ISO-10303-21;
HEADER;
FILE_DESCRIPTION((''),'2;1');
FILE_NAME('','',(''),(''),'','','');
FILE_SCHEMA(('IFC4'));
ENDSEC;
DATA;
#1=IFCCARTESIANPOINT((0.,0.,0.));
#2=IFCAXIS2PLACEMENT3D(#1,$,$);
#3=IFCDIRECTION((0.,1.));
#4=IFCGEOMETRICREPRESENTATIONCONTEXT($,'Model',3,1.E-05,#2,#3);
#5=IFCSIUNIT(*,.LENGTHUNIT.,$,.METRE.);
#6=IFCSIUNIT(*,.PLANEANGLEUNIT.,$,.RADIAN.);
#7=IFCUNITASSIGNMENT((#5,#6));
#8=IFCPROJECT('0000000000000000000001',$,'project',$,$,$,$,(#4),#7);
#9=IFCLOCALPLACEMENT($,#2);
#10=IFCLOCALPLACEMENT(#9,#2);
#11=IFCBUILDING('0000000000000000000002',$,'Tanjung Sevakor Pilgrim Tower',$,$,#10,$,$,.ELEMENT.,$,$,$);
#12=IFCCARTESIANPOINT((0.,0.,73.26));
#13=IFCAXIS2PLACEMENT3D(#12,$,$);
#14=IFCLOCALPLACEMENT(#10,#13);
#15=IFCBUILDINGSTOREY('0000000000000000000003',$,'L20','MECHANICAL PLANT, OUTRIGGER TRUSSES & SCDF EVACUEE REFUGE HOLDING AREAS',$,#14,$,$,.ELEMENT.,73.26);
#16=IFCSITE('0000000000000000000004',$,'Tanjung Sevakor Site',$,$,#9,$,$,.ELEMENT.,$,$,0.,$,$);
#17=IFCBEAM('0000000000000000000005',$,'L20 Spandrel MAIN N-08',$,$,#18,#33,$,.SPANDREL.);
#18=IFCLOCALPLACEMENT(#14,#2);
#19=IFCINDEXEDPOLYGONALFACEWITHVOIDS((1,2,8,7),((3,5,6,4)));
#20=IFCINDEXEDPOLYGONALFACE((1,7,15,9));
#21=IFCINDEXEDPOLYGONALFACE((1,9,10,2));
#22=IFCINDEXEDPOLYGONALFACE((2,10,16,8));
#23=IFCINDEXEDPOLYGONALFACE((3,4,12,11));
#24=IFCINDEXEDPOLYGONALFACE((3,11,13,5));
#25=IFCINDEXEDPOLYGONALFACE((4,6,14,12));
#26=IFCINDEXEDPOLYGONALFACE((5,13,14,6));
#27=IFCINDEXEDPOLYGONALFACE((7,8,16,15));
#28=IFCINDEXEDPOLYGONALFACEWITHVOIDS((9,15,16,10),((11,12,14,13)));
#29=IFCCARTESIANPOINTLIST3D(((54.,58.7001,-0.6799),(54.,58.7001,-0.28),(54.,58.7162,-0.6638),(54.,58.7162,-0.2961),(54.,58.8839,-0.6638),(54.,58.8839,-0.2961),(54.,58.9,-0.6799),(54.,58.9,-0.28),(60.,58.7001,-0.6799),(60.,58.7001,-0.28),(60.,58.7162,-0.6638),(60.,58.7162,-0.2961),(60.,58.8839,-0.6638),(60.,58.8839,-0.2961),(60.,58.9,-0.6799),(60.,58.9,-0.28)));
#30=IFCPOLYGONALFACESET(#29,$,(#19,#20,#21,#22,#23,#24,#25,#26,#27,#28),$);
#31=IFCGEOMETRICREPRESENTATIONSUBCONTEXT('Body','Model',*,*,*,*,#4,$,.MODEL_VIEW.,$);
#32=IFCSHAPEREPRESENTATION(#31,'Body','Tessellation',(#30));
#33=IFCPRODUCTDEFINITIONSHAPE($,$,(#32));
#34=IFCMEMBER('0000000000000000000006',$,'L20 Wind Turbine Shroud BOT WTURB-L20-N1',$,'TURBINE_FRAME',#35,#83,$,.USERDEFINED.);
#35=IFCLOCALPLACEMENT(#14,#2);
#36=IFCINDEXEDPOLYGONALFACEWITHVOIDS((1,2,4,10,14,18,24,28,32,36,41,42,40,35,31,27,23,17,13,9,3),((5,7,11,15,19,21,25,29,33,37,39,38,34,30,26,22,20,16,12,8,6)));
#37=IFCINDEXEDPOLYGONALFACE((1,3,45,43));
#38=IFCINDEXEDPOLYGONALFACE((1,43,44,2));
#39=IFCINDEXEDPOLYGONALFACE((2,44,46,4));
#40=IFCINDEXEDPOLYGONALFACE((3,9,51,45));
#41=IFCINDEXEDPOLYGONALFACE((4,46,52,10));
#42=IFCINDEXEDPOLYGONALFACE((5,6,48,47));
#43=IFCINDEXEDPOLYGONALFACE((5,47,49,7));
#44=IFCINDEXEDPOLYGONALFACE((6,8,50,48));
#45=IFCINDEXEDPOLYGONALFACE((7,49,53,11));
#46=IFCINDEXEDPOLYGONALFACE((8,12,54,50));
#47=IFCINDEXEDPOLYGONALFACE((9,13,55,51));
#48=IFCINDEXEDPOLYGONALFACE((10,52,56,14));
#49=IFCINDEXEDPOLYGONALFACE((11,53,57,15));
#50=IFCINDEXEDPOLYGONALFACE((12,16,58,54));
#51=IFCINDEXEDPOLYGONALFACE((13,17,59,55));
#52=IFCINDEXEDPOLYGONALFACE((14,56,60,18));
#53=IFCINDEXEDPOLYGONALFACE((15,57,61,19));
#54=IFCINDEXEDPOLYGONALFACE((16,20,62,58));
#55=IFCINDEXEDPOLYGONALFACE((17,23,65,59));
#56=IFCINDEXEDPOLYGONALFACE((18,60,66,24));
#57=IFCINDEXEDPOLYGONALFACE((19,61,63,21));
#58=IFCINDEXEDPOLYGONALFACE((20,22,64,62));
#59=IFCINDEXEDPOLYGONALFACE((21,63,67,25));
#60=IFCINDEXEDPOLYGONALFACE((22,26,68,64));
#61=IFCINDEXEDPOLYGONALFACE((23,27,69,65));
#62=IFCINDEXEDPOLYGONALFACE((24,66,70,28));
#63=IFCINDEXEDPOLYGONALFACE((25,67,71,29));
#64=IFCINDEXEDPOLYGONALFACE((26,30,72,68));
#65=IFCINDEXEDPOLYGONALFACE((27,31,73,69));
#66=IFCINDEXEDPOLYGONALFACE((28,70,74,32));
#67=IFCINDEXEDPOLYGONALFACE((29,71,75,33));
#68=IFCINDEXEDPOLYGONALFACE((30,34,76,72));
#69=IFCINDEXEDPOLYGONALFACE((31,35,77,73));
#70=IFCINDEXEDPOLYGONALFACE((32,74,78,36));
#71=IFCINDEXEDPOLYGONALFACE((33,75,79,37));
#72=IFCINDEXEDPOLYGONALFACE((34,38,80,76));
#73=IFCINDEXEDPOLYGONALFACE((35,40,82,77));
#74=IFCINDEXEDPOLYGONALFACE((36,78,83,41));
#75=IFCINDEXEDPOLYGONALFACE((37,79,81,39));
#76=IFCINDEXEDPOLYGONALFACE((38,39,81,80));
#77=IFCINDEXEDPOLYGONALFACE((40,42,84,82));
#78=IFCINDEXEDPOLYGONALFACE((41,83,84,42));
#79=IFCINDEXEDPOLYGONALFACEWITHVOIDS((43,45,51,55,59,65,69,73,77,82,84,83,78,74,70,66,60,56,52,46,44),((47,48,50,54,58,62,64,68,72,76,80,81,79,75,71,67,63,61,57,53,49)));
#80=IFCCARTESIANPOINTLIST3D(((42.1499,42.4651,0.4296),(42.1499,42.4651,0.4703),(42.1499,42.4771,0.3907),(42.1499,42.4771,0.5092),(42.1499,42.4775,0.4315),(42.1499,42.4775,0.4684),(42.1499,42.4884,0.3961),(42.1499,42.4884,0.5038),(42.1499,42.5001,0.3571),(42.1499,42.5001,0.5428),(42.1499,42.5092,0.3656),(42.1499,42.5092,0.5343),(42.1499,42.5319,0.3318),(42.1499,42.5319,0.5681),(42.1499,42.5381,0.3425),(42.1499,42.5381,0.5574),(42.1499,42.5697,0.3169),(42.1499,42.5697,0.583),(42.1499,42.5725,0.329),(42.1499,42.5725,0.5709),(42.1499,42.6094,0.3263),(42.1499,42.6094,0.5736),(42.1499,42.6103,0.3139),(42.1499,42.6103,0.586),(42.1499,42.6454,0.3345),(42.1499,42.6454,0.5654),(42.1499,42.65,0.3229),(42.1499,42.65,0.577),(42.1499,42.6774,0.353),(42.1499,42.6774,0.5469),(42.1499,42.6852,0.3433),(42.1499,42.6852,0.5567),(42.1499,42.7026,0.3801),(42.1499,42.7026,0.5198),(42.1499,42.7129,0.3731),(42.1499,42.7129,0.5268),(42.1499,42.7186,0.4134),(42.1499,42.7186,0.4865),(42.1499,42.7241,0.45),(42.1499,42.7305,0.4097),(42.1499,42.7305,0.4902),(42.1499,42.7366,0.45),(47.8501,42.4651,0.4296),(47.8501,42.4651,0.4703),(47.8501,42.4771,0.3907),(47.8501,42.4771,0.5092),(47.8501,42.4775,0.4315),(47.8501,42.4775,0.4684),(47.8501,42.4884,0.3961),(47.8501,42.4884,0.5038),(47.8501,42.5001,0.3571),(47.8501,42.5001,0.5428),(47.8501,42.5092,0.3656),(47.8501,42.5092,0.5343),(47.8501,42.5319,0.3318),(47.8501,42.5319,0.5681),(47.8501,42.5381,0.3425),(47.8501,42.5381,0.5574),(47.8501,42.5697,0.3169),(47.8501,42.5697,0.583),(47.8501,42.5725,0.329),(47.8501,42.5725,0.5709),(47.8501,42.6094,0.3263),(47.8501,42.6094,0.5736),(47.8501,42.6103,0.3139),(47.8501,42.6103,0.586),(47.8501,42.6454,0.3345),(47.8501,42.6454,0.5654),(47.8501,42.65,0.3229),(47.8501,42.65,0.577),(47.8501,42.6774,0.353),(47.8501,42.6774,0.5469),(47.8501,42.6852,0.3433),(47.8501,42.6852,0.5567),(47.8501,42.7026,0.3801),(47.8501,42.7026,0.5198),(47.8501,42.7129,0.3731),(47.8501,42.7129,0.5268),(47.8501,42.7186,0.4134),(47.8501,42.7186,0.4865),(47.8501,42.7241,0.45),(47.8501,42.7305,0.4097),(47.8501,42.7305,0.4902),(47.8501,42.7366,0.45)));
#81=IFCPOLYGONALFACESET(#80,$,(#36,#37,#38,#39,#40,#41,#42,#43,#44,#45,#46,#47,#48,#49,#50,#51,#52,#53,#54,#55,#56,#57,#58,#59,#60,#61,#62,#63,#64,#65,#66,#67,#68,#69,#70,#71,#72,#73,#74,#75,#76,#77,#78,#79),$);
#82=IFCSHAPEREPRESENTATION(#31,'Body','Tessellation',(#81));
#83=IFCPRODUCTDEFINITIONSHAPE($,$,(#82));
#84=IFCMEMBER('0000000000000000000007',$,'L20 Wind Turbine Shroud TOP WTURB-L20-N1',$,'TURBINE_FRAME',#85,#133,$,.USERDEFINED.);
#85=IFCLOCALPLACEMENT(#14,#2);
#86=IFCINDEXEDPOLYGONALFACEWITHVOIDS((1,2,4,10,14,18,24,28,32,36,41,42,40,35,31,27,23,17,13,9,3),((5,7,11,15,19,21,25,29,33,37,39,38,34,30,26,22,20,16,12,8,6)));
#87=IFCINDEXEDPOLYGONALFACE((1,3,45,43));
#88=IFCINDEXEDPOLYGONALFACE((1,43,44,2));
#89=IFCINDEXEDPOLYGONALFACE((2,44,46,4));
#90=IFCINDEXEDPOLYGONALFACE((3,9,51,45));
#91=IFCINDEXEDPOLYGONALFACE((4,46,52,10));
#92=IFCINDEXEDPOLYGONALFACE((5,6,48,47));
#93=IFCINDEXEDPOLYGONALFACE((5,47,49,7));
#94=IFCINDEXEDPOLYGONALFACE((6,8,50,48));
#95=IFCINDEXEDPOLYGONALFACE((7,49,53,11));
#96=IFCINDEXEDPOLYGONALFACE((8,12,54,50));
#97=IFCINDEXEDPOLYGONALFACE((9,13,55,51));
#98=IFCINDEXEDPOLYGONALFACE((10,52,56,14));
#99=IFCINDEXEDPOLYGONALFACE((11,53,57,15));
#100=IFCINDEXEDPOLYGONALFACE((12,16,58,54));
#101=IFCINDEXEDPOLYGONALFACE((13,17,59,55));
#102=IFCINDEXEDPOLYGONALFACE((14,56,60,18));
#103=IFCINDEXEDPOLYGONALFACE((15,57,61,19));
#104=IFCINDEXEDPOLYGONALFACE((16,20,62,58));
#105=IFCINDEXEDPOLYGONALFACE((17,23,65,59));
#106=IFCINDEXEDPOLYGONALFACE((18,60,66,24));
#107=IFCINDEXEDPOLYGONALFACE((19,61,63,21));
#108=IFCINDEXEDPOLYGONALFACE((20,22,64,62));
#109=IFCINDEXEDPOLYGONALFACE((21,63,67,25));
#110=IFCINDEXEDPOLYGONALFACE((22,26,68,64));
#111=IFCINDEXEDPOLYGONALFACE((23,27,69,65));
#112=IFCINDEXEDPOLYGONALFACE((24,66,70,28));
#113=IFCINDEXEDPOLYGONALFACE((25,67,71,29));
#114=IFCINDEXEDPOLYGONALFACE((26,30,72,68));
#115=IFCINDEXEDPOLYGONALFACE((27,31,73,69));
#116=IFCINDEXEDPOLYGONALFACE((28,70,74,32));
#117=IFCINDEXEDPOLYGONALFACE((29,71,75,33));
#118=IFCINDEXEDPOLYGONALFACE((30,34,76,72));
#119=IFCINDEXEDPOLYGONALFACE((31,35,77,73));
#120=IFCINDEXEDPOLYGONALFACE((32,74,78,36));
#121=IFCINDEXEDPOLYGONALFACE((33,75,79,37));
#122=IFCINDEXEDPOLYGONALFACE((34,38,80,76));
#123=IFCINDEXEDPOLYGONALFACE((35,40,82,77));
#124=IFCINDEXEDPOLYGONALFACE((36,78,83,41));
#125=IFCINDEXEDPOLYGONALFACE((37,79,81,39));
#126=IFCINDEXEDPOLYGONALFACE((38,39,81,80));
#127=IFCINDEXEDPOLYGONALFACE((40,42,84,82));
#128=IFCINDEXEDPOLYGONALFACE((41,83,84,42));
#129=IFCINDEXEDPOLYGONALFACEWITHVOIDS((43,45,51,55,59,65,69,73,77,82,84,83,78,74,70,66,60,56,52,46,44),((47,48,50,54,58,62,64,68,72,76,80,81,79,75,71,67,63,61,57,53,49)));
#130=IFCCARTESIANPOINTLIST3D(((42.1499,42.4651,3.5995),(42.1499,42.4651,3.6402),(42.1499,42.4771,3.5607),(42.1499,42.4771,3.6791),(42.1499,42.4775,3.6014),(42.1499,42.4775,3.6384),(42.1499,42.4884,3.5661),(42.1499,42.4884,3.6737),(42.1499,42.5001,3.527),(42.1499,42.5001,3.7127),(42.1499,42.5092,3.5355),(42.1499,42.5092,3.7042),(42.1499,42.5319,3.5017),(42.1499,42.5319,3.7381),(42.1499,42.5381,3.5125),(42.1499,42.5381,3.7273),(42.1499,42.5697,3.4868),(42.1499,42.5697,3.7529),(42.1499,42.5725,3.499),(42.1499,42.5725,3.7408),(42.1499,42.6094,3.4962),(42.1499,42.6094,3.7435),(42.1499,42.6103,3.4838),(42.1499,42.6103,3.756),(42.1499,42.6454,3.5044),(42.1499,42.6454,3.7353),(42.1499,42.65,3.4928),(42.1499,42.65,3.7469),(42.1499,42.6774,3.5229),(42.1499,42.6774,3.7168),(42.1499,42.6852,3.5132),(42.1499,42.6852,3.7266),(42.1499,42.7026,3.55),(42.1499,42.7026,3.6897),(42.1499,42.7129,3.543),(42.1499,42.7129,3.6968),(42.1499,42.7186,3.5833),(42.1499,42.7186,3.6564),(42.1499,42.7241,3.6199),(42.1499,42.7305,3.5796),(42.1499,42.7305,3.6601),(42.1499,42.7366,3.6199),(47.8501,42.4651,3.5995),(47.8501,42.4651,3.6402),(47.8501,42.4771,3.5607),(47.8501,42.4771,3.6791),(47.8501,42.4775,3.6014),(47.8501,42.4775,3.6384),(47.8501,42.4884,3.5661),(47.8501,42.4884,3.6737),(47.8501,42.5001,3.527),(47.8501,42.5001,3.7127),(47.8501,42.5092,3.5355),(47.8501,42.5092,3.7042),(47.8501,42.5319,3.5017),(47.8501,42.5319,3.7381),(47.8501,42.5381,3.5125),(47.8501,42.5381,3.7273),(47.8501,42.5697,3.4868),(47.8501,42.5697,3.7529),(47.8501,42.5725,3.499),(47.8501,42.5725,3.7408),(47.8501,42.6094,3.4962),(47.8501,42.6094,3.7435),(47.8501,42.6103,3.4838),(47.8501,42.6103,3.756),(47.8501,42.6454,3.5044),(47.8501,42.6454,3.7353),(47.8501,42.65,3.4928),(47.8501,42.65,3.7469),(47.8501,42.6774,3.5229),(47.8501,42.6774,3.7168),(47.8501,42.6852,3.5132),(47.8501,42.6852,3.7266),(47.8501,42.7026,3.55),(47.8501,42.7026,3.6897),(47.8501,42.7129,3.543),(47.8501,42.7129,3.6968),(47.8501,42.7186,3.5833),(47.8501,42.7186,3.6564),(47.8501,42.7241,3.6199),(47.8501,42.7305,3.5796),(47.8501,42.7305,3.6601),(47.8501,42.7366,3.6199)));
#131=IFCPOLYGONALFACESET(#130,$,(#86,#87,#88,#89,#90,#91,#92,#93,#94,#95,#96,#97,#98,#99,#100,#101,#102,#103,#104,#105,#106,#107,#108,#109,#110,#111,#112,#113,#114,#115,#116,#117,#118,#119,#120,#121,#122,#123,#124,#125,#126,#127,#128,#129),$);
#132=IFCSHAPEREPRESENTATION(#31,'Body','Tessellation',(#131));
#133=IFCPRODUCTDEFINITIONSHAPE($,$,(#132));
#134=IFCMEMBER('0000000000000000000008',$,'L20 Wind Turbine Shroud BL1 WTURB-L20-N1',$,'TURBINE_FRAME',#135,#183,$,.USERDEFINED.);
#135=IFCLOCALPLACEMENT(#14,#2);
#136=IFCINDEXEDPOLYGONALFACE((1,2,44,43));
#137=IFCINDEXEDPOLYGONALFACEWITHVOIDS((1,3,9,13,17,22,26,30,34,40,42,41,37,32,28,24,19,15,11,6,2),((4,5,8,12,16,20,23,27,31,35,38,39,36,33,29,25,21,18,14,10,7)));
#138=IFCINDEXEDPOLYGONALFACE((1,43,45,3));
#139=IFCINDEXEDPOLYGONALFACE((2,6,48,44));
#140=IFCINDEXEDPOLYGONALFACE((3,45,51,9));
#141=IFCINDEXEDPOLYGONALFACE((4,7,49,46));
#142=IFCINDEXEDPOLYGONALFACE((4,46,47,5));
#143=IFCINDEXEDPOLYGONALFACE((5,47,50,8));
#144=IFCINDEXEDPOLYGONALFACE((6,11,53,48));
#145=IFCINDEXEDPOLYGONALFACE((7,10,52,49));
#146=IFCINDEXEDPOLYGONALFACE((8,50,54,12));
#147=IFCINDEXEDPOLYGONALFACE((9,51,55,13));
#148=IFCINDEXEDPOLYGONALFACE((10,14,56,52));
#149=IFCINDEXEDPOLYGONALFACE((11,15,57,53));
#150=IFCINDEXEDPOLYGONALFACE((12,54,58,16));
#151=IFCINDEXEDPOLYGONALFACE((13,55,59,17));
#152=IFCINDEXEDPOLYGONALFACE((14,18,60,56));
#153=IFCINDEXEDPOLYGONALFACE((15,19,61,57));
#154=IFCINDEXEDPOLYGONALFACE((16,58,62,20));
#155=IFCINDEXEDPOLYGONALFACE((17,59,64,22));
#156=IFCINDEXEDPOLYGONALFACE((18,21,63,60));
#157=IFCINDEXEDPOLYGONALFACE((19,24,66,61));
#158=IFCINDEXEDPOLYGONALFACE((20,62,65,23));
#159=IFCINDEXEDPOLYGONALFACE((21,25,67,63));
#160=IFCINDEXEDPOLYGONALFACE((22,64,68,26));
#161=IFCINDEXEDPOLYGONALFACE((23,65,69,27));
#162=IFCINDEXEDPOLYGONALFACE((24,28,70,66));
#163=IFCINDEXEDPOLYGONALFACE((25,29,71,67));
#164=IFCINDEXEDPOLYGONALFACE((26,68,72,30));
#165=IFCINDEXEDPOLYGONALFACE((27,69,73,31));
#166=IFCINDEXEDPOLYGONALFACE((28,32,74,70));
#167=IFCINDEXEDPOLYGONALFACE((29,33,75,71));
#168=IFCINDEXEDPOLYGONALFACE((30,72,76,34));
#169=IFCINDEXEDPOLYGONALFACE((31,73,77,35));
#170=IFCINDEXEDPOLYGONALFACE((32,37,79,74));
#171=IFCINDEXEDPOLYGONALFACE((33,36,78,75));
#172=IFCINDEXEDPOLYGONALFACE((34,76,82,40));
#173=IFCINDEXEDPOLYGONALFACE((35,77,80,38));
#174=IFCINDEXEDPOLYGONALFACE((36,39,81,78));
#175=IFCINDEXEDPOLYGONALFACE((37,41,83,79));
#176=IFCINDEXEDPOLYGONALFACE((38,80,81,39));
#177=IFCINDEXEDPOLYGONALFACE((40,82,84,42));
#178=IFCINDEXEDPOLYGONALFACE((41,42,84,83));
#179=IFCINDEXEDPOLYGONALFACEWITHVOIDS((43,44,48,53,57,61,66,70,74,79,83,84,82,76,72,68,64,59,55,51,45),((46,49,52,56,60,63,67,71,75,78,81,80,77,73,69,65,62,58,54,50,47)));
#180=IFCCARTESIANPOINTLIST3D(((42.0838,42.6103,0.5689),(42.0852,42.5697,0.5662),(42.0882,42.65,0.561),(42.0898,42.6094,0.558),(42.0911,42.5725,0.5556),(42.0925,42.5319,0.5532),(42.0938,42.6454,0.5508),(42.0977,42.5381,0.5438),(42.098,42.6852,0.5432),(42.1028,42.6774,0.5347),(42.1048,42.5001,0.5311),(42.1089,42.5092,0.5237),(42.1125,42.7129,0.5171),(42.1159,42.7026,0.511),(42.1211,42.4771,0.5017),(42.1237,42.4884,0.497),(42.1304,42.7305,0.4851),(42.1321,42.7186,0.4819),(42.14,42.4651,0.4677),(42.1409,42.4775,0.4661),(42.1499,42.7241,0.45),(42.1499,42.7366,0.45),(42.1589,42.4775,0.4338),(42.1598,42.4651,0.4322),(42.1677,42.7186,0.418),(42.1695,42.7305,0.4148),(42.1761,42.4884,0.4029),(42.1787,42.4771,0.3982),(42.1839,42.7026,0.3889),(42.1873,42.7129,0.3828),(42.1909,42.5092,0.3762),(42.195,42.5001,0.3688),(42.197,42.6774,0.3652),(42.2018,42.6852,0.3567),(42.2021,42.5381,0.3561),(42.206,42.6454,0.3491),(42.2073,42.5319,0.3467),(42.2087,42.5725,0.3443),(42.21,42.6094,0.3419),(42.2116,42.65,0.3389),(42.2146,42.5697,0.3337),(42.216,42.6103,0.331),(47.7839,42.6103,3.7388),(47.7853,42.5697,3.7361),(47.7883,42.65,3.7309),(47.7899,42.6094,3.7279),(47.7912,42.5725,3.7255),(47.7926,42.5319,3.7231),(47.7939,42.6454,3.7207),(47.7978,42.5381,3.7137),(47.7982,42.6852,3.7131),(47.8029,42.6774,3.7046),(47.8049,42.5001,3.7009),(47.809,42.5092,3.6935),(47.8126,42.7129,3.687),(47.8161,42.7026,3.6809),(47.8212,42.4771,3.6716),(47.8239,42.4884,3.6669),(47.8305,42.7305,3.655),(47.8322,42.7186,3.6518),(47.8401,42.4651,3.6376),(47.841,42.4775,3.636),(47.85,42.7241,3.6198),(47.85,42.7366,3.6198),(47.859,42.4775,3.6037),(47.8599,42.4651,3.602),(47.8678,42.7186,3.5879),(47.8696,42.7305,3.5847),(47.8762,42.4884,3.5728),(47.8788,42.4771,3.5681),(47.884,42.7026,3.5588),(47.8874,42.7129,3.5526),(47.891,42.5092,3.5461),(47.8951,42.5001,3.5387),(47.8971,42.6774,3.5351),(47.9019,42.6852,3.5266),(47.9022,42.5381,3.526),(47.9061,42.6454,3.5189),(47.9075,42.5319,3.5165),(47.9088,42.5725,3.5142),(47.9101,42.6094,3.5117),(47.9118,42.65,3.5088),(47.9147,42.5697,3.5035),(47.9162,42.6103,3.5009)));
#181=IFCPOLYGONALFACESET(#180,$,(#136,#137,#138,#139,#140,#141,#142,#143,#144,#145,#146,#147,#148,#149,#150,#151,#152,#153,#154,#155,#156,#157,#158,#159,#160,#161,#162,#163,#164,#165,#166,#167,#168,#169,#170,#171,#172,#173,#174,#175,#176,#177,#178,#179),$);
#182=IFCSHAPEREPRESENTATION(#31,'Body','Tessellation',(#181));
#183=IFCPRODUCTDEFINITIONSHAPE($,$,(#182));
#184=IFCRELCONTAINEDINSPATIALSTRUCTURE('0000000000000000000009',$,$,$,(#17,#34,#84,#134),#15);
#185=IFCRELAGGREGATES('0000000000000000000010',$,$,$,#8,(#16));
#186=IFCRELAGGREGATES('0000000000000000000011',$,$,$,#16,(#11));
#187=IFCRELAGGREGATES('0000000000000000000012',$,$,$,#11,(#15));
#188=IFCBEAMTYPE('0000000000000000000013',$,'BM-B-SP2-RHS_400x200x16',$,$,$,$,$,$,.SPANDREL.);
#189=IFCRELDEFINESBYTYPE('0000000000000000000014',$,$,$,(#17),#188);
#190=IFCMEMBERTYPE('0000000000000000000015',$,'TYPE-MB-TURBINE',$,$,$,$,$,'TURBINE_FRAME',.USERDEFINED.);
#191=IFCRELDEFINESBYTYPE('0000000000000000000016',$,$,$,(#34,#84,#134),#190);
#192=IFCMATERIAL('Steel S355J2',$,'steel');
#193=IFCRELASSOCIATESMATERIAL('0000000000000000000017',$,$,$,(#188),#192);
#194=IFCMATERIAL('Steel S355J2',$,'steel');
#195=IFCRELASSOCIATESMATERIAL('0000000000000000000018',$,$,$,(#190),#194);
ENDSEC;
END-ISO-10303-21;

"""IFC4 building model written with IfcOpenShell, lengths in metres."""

from ifc_helpers import new_model, si_unit, direction, frame, origin, origin_2d, place, context, subcontext, project, spatial, hollow_rectangle, hollow_circle, extrude, material, material_profile, profile_set, type_object, element, save


model = new_model("IFC4")

# Units and contexts
model_context = context("Model", 3, precision=1e-05, world=origin(), true_north=direction((0.0, 1.0)))
body_context = subcontext(model_context, "Body", "Model", "MODEL_VIEW")
ifc_project = project(units=[si_unit("LENGTHUNIT", "METRE"), si_unit("PLANEANGLEUNIT", "RADIAN")], contexts=[model_context])

# Site, building, storey
site_placement = place(None, origin())
site = spatial("IfcSite", under=ifc_project, at=site_placement, Name="Tanjung Sevakor Site", CompositionType="ELEMENT", RefElevation=0.0)
building_placement = place(site_placement, origin())
building = spatial("IfcBuilding", under=site, at=building_placement, Name="Tanjung Sevakor Pilgrim Tower", CompositionType="ELEMENT")
storey_placement = place(building_placement, frame((0.0, 0.0, 73.26)))
storey = spatial("IfcBuildingStorey", under=building, at=storey_placement, Name="L20", Description="MECHANICAL PLANT, OUTRIGGER TRUSSES & SCDF EVACUEE REFUGE HOLDING AREAS", CompositionType="ELEMENT", Elevation=73.26)

# Beam
ifc_material_1 = material(Name="Steel S355J2", Category="steel")
ifc_material_profile_1 = material_profile(ifc_material_1, hollow_rectangle(XDim=0.2, YDim=0.3999, WallThickness=0.0161, at=origin_2d()))
ifc_profile_set_1 = profile_set([ifc_material_profile_1], Name="Steel S355J2")
beam_type_1 = type_object("IfcBeamType", Name="BM-B-SP2-RHS_400x200x16", PredefinedType="SPANDREL", material=ifc_profile_set_1)
beam_1_placement = place(storey_placement, frame((54.0, 58.8, -0.48), z_axis=(1.0, 0.0, 0.0), x_axis=(0.0, 1.0, 0.0)))
element("IfcBeam", 1, at=beam_1_placement, inside=storey, type_object=beam_type_1, Name="L20 Spandrel MAIN N-08", PredefinedType="SPANDREL", context=body_context, shape_type="SweptSolid", body=[
    extrude(hollow_rectangle(XDim=0.2, YDim=0.3999, WallThickness=0.0161, at=origin_2d()), origin(), (0.0, 0.0, 1.0), 6.0),
])

# Members
ifc_material_2 = material(Name="Steel S355J2", Category="steel")
ifc_material_profile_2 = material_profile(ifc_material_2, hollow_circle(Radius=0.1365, WallThickness=0.0125, at=origin_2d()))
ifc_profile_set_2 = profile_set([ifc_material_profile_2], Name="Steel S355J2")
member_type = type_object("IfcMemberType", Name="TYPE-MB-TURBINE", ElementType="TURBINE_FRAME", PredefinedType="USERDEFINED", material=ifc_profile_set_2)
for number, where, z_axis, x_axis, name in (
    (2, (42.1499, 42.6001, 0.45), (1.0, 0.0, 0.0), (0.0, 1.0, 0.0), "L20 Wind Turbine Shroud BOT WTURB-L20-N1"),
    (3, (42.1499, 42.6001, 3.6199), (1.0, 0.0, 0.0), (0.0, 1.0, 0.0), "L20 Wind Turbine Shroud TOP WTURB-L20-N1"),
):
    element("IfcMember", number, at=place(storey_placement, frame(where, z_axis=z_axis, x_axis=x_axis)), inside=storey, type_object=member_type, Name=name, ObjectType="TURBINE_FRAME", PredefinedType="USERDEFINED", context=body_context, shape_type="SweptSolid", body=[
        extrude(hollow_circle(Radius=0.1365, WallThickness=0.0125, at=origin_2d()), origin(), (0.0, 0.0, 1.0), 5.7002),
    ])
for number, where, z_axis, x_axis, name in (
    (4, (42.1499, 42.6001, 0.45), (0.873952, 0.0, 0.486012), (0.0, 1.0, 0.0), "L20 Wind Turbine Shroud BL1 WTURB-L20-N1"),
):
    element("IfcMember", number, at=place(storey_placement, frame(where, z_axis=z_axis, x_axis=x_axis)), inside=storey, type_object=member_type, Name=name, ObjectType="TURBINE_FRAME", PredefinedType="USERDEFINED", context=body_context, shape_type="SweptSolid", body=[
        extrude(hollow_circle(Radius=0.1365, WallThickness=0.0125, at=origin_2d()), origin(), (0.0, 0.0, 1.0), 6.5222),
    ])

save(model, "model.ifc")
